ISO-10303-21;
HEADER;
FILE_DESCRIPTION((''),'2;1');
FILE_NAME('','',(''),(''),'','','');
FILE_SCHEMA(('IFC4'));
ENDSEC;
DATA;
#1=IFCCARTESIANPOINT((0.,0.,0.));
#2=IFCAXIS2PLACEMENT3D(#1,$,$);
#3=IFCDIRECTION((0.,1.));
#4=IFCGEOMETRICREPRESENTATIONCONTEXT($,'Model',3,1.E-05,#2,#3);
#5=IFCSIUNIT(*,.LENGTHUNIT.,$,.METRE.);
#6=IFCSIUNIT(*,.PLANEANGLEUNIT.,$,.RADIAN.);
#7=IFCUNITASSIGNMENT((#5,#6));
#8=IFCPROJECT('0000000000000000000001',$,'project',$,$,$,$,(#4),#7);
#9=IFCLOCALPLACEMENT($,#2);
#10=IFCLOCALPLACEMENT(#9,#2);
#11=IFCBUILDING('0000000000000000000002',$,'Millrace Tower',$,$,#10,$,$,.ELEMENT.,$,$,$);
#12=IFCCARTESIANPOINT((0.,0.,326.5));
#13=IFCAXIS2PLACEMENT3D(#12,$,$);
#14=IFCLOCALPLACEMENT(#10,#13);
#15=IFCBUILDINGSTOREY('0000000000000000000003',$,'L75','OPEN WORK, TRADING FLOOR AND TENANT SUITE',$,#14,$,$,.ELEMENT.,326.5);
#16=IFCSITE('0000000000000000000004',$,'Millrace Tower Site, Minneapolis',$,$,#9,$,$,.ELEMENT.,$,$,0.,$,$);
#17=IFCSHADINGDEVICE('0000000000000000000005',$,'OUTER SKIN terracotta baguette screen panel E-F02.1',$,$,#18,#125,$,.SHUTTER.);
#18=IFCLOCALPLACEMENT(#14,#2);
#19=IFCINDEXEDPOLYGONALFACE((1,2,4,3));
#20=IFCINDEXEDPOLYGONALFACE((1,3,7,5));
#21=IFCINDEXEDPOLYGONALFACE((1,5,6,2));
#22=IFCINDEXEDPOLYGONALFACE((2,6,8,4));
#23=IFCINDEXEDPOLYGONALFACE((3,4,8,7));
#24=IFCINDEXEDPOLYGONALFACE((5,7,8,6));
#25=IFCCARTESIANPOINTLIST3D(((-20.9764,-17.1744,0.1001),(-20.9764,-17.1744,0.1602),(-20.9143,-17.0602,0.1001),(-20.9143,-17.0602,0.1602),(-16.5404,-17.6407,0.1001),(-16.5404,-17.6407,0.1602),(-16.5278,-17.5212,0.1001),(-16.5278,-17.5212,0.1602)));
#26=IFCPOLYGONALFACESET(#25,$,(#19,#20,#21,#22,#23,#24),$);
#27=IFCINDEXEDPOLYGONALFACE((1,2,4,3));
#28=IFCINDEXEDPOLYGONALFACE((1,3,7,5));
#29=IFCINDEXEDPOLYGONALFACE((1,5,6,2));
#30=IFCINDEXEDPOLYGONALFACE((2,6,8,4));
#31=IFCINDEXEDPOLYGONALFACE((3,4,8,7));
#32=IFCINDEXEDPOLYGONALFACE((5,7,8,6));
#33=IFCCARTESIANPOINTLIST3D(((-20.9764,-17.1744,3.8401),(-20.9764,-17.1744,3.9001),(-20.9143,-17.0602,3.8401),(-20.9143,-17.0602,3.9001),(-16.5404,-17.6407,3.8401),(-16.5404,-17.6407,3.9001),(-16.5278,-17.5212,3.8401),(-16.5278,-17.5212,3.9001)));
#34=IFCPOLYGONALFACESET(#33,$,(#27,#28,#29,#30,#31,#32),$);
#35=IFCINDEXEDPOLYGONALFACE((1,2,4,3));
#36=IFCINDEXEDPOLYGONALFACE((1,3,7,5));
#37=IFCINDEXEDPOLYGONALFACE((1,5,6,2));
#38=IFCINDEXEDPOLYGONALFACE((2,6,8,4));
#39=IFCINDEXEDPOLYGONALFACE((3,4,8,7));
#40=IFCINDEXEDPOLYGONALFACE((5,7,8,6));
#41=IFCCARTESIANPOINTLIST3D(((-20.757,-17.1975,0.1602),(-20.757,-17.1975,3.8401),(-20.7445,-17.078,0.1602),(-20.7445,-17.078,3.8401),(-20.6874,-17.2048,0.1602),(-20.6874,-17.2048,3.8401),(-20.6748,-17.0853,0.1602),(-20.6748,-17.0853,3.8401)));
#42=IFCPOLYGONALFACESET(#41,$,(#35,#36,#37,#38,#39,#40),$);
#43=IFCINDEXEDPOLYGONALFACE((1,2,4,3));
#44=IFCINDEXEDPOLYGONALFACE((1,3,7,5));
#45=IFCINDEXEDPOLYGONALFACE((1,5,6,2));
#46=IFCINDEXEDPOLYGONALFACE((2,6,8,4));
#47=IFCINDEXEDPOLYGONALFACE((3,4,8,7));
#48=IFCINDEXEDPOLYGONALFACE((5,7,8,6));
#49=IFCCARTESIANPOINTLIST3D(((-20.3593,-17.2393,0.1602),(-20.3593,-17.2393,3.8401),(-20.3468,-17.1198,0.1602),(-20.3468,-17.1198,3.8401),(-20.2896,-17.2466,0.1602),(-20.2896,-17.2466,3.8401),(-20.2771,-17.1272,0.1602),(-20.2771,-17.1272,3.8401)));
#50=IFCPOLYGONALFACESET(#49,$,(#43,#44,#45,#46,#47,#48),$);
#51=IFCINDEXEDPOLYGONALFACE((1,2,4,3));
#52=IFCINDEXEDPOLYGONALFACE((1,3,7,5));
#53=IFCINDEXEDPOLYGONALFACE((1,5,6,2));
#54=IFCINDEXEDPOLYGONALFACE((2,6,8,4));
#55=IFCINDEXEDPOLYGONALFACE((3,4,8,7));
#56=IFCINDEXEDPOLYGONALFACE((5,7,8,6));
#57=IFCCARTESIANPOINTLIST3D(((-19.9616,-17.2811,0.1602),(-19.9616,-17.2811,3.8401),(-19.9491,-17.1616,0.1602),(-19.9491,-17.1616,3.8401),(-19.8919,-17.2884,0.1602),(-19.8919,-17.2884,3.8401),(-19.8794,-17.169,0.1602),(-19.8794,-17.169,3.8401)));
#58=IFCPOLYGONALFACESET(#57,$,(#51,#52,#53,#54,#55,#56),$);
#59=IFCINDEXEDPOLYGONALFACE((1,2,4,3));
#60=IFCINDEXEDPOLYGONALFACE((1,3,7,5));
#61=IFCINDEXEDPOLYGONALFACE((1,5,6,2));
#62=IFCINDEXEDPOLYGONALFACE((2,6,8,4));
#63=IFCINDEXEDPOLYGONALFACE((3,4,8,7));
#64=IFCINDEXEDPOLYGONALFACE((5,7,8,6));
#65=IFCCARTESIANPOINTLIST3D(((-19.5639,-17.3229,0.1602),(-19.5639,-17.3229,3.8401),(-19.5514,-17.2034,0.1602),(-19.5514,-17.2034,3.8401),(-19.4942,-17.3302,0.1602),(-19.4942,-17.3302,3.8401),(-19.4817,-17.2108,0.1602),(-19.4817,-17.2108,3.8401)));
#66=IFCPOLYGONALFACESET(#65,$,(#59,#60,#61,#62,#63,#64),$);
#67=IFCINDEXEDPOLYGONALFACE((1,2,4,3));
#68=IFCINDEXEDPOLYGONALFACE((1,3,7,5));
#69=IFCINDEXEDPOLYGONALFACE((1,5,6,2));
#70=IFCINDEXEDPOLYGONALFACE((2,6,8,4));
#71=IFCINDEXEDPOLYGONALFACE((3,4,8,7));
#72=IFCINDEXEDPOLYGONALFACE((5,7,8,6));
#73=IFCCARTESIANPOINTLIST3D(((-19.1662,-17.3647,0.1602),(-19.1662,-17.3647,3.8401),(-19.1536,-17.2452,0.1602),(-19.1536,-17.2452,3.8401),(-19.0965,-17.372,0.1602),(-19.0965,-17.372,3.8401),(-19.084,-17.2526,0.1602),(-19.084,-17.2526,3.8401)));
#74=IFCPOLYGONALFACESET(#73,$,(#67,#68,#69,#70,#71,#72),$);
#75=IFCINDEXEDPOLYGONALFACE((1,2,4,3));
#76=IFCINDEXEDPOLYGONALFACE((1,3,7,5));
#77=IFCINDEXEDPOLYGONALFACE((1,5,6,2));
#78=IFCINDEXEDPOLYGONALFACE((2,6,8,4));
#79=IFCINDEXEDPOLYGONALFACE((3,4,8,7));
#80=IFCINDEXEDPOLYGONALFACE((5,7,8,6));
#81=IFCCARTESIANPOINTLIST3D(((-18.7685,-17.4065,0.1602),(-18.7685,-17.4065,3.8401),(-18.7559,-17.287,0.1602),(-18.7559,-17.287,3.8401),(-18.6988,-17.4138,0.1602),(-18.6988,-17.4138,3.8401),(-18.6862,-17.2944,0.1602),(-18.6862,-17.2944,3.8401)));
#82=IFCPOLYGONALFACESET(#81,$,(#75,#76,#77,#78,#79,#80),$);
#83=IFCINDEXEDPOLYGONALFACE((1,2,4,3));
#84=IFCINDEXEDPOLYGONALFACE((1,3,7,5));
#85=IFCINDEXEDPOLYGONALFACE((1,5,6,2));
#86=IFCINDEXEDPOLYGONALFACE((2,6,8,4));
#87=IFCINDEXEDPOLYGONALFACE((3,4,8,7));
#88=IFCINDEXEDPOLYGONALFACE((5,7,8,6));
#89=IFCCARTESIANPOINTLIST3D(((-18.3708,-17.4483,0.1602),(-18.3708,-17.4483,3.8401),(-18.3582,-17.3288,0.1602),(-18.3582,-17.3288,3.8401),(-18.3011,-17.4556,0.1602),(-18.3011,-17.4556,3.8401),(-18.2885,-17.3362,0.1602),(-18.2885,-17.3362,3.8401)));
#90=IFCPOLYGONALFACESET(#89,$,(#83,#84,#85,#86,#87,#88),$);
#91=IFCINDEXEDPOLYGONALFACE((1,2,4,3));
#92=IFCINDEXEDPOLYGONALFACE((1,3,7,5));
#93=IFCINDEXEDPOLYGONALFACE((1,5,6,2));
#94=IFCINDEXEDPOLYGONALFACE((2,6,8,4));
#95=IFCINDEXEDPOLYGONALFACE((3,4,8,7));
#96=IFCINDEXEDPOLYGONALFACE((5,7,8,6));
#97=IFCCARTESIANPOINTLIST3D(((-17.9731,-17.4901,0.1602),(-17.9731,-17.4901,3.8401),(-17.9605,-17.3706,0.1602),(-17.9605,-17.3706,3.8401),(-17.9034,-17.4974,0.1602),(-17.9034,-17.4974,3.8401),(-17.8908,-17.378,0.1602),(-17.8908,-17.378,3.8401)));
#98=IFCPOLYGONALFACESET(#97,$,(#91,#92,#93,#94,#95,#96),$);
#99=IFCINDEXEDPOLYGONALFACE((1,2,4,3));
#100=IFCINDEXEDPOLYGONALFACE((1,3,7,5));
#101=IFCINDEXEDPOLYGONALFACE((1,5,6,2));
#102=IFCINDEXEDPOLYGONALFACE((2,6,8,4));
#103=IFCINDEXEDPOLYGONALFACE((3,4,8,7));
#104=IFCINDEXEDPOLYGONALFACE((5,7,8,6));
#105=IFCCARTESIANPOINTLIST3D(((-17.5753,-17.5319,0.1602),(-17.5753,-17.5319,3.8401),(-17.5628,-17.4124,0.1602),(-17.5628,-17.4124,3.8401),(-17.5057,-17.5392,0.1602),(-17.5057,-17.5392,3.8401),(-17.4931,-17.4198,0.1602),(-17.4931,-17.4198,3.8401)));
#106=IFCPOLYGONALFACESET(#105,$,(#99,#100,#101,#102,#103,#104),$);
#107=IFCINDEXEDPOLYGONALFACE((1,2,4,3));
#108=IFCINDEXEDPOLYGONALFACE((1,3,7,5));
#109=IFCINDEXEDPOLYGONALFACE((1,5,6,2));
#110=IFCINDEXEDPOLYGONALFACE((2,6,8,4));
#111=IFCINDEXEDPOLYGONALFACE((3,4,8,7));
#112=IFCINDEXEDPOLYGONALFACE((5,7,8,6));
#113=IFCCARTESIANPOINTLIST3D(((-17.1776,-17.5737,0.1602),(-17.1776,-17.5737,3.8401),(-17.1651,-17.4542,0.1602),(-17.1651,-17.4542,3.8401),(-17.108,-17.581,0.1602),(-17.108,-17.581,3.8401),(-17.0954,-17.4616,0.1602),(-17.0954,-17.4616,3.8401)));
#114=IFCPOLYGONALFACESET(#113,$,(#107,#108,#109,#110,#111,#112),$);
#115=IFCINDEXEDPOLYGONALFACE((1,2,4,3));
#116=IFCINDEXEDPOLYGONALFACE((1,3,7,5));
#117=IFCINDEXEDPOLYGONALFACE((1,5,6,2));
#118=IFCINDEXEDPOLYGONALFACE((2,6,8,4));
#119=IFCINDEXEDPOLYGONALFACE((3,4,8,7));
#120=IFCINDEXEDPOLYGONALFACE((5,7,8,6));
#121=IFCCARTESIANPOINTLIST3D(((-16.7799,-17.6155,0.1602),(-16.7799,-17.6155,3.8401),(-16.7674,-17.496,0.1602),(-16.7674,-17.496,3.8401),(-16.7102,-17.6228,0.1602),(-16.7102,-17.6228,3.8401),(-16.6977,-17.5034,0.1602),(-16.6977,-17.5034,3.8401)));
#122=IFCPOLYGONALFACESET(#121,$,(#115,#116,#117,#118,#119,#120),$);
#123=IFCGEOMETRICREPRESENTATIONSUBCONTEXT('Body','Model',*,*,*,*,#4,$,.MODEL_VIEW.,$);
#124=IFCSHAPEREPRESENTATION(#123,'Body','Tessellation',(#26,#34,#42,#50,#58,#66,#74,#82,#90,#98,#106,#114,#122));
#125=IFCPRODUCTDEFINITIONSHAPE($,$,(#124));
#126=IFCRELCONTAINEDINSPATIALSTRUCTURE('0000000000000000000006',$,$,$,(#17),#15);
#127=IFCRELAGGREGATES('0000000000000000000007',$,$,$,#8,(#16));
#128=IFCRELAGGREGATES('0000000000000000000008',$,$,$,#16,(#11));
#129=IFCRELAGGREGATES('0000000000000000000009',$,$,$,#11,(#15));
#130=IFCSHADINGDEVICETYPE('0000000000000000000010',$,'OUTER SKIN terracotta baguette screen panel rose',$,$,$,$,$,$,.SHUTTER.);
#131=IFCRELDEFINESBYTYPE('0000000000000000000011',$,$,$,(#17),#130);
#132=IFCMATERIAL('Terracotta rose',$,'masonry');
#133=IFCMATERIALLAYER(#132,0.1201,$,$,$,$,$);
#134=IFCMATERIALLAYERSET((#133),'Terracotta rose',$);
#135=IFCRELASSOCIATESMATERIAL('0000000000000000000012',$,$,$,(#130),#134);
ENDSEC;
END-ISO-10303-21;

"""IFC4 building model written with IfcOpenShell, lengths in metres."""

from ifc_helpers import new_model, entity, si_unit, direction, frame, frame_2d, origin, place, context, subcontext, project, spatial, rectangle, extrude, source, transform, mapped, material, layer, layer_set, type_object, element, save


model = new_model("IFC4")

# Units and contexts
model_context = context("Model", 3, precision=1e-05, world=origin(), true_north=direction((0.0, 1.0)))
body_context = subcontext(model_context, "Body", "Model", "MODEL_VIEW")
ifc_project = project(units=[si_unit("LENGTHUNIT", "METRE"), si_unit("PLANEANGLEUNIT", "RADIAN")], contexts=[model_context])

# Site, building, storey
site_placement = place(None, origin())
site = spatial("IfcSite", under=ifc_project, at=site_placement, Name="Millrace Tower Site, Minneapolis", CompositionType="ELEMENT", RefElevation=0.0)
building_placement = place(site_placement, origin())
building = spatial("IfcBuilding", under=site, at=building_placement, Name="Millrace Tower", CompositionType="ELEMENT")
storey_placement = place(building_placement, frame((0.0, 0.0, 326.5)))
storey = spatial("IfcBuildingStorey", under=building, at=storey_placement, Name="L75", Description="OPEN WORK, TRADING FLOOR AND TENANT SUITE", CompositionType="ELEMENT", Elevation=326.5)

# Shading device
ifc_material_1 = material(Name="Terracotta rose", Category="masonry")
ifc_layer_1 = layer(ifc_material_1, 0.1201)
ifc_layer_set_1 = layer_set([ifc_layer_1], Name="Terracotta rose")
shading_device_type = type_object("IfcShadingDeviceType", Name="OUTER SKIN terracotta baguette screen panel rose", PredefinedType="SHUTTER", material=ifc_layer_set_1)
cartesian_point_1 = entity("IfcCartesianPoint", [-2.1929, 0.0601])
shared_polyline_1 = entity("IfcPolyline", [cartesian_point_1, entity("IfcCartesianPoint", [2.2178, 0.0601]), entity("IfcCartesianPoint", [2.2178, -0.0601]), entity("IfcCartesianPoint", [-2.2427, -0.0601]), cartesian_point_1])
shared_shape_1 = source(origin(), body_context, "Body", "SweptSolid", [
    entity("IfcExtrudedAreaSolid", entity("IfcArbitraryClosedProfileDef", "AREA", None, shared_polyline_1), entity("IfcAxis2Placement3D", entity("IfcCartesianPoint", [0.0, 0.0, 0.0])), entity("IfcDirection", [0.0, 0.0, 1.0]), 0.0601),
    entity("IfcExtrudedAreaSolid", entity("IfcArbitraryClosedProfileDef", "AREA", None, shared_polyline_1), entity("IfcAxis2Placement3D", entity("IfcCartesianPoint", [0.0, 0.0, 3.74])), entity("IfcDirection", [0.0, 0.0, 1.0]), 0.0601),
    extrude(rectangle(XDim=0.0701, YDim=0.1201, at=frame_2d((-1.9871, 0.0))), frame((0.0, 0.0, 0.0601)), (0.0, 0.0, 1.0), 3.6799),
    extrude(rectangle(XDim=0.0701, YDim=0.1201, at=frame_2d((-1.5872, 0.0))), frame((0.0, 0.0, 0.0601)), (0.0, 0.0, 1.0), 3.6799),
    extrude(rectangle(XDim=0.0701, YDim=0.1201, at=frame_2d((-1.1873, 0.0))), frame((0.0, 0.0, 0.0601)), (0.0, 0.0, 1.0), 3.6799),
    extrude(rectangle(XDim=0.0701, YDim=0.1201, at=frame_2d((-0.7874, 0.0))), frame((0.0, 0.0, 0.0601)), (0.0, 0.0, 1.0), 3.6799),
    extrude(rectangle(XDim=0.0701, YDim=0.1201, at=frame_2d((-0.3875, 0.0))), frame((0.0, 0.0, 0.0601)), (0.0, 0.0, 1.0), 3.6799),
    extrude(rectangle(XDim=0.0701, YDim=0.1201, at=frame_2d((0.0125, 0.0))), frame((0.0, 0.0, 0.0601)), (0.0, 0.0, 1.0), 3.6799),
    extrude(rectangle(XDim=0.0701, YDim=0.1201, at=frame_2d((0.4124, 0.0))), frame((0.0, 0.0, 0.0601)), (0.0, 0.0, 1.0), 3.6799),
    extrude(rectangle(XDim=0.0701, YDim=0.1201, at=frame_2d((0.8123, 0.0))), frame((0.0, 0.0, 0.0601)), (0.0, 0.0, 1.0), 3.6799),
    extrude(rectangle(XDim=0.0701, YDim=0.1201, at=frame_2d((1.2122, 0.0))), frame((0.0, 0.0, 0.0601)), (0.0, 0.0, 1.0), 3.6799),
    extrude(rectangle(XDim=0.0701, YDim=0.1201, at=frame_2d((1.6121, 0.0))), frame((0.0, 0.0, 0.0601)), (0.0, 0.0, 1.0), 3.6799),
    extrude(rectangle(XDim=0.0701, YDim=0.1201, at=frame_2d((2.012, 0.0))), frame((0.0, 0.0, 0.0601)), (0.0, 0.0, 1.0), 3.6799),
])
shading_device_1_placement = place(storey_placement, frame((-18.7397, -17.3491, 0.1001), z_axis=(0.0, 0.0, 1.0), x_axis=(0.994522, -0.104528, 0.0)))
element("IfcShadingDevice", 1, at=shading_device_1_placement, inside=storey, type_object=shading_device_type, Name="OUTER SKIN terracotta baguette screen panel E-F02.1", PredefinedType="SHUTTER", context=body_context, shape_type="MappedRepresentation", body=[
    mapped(shared_shape_1, transform((0.0, 0.0, 0.0), scale=1.0)),
])

save(model, "model.ifc")
